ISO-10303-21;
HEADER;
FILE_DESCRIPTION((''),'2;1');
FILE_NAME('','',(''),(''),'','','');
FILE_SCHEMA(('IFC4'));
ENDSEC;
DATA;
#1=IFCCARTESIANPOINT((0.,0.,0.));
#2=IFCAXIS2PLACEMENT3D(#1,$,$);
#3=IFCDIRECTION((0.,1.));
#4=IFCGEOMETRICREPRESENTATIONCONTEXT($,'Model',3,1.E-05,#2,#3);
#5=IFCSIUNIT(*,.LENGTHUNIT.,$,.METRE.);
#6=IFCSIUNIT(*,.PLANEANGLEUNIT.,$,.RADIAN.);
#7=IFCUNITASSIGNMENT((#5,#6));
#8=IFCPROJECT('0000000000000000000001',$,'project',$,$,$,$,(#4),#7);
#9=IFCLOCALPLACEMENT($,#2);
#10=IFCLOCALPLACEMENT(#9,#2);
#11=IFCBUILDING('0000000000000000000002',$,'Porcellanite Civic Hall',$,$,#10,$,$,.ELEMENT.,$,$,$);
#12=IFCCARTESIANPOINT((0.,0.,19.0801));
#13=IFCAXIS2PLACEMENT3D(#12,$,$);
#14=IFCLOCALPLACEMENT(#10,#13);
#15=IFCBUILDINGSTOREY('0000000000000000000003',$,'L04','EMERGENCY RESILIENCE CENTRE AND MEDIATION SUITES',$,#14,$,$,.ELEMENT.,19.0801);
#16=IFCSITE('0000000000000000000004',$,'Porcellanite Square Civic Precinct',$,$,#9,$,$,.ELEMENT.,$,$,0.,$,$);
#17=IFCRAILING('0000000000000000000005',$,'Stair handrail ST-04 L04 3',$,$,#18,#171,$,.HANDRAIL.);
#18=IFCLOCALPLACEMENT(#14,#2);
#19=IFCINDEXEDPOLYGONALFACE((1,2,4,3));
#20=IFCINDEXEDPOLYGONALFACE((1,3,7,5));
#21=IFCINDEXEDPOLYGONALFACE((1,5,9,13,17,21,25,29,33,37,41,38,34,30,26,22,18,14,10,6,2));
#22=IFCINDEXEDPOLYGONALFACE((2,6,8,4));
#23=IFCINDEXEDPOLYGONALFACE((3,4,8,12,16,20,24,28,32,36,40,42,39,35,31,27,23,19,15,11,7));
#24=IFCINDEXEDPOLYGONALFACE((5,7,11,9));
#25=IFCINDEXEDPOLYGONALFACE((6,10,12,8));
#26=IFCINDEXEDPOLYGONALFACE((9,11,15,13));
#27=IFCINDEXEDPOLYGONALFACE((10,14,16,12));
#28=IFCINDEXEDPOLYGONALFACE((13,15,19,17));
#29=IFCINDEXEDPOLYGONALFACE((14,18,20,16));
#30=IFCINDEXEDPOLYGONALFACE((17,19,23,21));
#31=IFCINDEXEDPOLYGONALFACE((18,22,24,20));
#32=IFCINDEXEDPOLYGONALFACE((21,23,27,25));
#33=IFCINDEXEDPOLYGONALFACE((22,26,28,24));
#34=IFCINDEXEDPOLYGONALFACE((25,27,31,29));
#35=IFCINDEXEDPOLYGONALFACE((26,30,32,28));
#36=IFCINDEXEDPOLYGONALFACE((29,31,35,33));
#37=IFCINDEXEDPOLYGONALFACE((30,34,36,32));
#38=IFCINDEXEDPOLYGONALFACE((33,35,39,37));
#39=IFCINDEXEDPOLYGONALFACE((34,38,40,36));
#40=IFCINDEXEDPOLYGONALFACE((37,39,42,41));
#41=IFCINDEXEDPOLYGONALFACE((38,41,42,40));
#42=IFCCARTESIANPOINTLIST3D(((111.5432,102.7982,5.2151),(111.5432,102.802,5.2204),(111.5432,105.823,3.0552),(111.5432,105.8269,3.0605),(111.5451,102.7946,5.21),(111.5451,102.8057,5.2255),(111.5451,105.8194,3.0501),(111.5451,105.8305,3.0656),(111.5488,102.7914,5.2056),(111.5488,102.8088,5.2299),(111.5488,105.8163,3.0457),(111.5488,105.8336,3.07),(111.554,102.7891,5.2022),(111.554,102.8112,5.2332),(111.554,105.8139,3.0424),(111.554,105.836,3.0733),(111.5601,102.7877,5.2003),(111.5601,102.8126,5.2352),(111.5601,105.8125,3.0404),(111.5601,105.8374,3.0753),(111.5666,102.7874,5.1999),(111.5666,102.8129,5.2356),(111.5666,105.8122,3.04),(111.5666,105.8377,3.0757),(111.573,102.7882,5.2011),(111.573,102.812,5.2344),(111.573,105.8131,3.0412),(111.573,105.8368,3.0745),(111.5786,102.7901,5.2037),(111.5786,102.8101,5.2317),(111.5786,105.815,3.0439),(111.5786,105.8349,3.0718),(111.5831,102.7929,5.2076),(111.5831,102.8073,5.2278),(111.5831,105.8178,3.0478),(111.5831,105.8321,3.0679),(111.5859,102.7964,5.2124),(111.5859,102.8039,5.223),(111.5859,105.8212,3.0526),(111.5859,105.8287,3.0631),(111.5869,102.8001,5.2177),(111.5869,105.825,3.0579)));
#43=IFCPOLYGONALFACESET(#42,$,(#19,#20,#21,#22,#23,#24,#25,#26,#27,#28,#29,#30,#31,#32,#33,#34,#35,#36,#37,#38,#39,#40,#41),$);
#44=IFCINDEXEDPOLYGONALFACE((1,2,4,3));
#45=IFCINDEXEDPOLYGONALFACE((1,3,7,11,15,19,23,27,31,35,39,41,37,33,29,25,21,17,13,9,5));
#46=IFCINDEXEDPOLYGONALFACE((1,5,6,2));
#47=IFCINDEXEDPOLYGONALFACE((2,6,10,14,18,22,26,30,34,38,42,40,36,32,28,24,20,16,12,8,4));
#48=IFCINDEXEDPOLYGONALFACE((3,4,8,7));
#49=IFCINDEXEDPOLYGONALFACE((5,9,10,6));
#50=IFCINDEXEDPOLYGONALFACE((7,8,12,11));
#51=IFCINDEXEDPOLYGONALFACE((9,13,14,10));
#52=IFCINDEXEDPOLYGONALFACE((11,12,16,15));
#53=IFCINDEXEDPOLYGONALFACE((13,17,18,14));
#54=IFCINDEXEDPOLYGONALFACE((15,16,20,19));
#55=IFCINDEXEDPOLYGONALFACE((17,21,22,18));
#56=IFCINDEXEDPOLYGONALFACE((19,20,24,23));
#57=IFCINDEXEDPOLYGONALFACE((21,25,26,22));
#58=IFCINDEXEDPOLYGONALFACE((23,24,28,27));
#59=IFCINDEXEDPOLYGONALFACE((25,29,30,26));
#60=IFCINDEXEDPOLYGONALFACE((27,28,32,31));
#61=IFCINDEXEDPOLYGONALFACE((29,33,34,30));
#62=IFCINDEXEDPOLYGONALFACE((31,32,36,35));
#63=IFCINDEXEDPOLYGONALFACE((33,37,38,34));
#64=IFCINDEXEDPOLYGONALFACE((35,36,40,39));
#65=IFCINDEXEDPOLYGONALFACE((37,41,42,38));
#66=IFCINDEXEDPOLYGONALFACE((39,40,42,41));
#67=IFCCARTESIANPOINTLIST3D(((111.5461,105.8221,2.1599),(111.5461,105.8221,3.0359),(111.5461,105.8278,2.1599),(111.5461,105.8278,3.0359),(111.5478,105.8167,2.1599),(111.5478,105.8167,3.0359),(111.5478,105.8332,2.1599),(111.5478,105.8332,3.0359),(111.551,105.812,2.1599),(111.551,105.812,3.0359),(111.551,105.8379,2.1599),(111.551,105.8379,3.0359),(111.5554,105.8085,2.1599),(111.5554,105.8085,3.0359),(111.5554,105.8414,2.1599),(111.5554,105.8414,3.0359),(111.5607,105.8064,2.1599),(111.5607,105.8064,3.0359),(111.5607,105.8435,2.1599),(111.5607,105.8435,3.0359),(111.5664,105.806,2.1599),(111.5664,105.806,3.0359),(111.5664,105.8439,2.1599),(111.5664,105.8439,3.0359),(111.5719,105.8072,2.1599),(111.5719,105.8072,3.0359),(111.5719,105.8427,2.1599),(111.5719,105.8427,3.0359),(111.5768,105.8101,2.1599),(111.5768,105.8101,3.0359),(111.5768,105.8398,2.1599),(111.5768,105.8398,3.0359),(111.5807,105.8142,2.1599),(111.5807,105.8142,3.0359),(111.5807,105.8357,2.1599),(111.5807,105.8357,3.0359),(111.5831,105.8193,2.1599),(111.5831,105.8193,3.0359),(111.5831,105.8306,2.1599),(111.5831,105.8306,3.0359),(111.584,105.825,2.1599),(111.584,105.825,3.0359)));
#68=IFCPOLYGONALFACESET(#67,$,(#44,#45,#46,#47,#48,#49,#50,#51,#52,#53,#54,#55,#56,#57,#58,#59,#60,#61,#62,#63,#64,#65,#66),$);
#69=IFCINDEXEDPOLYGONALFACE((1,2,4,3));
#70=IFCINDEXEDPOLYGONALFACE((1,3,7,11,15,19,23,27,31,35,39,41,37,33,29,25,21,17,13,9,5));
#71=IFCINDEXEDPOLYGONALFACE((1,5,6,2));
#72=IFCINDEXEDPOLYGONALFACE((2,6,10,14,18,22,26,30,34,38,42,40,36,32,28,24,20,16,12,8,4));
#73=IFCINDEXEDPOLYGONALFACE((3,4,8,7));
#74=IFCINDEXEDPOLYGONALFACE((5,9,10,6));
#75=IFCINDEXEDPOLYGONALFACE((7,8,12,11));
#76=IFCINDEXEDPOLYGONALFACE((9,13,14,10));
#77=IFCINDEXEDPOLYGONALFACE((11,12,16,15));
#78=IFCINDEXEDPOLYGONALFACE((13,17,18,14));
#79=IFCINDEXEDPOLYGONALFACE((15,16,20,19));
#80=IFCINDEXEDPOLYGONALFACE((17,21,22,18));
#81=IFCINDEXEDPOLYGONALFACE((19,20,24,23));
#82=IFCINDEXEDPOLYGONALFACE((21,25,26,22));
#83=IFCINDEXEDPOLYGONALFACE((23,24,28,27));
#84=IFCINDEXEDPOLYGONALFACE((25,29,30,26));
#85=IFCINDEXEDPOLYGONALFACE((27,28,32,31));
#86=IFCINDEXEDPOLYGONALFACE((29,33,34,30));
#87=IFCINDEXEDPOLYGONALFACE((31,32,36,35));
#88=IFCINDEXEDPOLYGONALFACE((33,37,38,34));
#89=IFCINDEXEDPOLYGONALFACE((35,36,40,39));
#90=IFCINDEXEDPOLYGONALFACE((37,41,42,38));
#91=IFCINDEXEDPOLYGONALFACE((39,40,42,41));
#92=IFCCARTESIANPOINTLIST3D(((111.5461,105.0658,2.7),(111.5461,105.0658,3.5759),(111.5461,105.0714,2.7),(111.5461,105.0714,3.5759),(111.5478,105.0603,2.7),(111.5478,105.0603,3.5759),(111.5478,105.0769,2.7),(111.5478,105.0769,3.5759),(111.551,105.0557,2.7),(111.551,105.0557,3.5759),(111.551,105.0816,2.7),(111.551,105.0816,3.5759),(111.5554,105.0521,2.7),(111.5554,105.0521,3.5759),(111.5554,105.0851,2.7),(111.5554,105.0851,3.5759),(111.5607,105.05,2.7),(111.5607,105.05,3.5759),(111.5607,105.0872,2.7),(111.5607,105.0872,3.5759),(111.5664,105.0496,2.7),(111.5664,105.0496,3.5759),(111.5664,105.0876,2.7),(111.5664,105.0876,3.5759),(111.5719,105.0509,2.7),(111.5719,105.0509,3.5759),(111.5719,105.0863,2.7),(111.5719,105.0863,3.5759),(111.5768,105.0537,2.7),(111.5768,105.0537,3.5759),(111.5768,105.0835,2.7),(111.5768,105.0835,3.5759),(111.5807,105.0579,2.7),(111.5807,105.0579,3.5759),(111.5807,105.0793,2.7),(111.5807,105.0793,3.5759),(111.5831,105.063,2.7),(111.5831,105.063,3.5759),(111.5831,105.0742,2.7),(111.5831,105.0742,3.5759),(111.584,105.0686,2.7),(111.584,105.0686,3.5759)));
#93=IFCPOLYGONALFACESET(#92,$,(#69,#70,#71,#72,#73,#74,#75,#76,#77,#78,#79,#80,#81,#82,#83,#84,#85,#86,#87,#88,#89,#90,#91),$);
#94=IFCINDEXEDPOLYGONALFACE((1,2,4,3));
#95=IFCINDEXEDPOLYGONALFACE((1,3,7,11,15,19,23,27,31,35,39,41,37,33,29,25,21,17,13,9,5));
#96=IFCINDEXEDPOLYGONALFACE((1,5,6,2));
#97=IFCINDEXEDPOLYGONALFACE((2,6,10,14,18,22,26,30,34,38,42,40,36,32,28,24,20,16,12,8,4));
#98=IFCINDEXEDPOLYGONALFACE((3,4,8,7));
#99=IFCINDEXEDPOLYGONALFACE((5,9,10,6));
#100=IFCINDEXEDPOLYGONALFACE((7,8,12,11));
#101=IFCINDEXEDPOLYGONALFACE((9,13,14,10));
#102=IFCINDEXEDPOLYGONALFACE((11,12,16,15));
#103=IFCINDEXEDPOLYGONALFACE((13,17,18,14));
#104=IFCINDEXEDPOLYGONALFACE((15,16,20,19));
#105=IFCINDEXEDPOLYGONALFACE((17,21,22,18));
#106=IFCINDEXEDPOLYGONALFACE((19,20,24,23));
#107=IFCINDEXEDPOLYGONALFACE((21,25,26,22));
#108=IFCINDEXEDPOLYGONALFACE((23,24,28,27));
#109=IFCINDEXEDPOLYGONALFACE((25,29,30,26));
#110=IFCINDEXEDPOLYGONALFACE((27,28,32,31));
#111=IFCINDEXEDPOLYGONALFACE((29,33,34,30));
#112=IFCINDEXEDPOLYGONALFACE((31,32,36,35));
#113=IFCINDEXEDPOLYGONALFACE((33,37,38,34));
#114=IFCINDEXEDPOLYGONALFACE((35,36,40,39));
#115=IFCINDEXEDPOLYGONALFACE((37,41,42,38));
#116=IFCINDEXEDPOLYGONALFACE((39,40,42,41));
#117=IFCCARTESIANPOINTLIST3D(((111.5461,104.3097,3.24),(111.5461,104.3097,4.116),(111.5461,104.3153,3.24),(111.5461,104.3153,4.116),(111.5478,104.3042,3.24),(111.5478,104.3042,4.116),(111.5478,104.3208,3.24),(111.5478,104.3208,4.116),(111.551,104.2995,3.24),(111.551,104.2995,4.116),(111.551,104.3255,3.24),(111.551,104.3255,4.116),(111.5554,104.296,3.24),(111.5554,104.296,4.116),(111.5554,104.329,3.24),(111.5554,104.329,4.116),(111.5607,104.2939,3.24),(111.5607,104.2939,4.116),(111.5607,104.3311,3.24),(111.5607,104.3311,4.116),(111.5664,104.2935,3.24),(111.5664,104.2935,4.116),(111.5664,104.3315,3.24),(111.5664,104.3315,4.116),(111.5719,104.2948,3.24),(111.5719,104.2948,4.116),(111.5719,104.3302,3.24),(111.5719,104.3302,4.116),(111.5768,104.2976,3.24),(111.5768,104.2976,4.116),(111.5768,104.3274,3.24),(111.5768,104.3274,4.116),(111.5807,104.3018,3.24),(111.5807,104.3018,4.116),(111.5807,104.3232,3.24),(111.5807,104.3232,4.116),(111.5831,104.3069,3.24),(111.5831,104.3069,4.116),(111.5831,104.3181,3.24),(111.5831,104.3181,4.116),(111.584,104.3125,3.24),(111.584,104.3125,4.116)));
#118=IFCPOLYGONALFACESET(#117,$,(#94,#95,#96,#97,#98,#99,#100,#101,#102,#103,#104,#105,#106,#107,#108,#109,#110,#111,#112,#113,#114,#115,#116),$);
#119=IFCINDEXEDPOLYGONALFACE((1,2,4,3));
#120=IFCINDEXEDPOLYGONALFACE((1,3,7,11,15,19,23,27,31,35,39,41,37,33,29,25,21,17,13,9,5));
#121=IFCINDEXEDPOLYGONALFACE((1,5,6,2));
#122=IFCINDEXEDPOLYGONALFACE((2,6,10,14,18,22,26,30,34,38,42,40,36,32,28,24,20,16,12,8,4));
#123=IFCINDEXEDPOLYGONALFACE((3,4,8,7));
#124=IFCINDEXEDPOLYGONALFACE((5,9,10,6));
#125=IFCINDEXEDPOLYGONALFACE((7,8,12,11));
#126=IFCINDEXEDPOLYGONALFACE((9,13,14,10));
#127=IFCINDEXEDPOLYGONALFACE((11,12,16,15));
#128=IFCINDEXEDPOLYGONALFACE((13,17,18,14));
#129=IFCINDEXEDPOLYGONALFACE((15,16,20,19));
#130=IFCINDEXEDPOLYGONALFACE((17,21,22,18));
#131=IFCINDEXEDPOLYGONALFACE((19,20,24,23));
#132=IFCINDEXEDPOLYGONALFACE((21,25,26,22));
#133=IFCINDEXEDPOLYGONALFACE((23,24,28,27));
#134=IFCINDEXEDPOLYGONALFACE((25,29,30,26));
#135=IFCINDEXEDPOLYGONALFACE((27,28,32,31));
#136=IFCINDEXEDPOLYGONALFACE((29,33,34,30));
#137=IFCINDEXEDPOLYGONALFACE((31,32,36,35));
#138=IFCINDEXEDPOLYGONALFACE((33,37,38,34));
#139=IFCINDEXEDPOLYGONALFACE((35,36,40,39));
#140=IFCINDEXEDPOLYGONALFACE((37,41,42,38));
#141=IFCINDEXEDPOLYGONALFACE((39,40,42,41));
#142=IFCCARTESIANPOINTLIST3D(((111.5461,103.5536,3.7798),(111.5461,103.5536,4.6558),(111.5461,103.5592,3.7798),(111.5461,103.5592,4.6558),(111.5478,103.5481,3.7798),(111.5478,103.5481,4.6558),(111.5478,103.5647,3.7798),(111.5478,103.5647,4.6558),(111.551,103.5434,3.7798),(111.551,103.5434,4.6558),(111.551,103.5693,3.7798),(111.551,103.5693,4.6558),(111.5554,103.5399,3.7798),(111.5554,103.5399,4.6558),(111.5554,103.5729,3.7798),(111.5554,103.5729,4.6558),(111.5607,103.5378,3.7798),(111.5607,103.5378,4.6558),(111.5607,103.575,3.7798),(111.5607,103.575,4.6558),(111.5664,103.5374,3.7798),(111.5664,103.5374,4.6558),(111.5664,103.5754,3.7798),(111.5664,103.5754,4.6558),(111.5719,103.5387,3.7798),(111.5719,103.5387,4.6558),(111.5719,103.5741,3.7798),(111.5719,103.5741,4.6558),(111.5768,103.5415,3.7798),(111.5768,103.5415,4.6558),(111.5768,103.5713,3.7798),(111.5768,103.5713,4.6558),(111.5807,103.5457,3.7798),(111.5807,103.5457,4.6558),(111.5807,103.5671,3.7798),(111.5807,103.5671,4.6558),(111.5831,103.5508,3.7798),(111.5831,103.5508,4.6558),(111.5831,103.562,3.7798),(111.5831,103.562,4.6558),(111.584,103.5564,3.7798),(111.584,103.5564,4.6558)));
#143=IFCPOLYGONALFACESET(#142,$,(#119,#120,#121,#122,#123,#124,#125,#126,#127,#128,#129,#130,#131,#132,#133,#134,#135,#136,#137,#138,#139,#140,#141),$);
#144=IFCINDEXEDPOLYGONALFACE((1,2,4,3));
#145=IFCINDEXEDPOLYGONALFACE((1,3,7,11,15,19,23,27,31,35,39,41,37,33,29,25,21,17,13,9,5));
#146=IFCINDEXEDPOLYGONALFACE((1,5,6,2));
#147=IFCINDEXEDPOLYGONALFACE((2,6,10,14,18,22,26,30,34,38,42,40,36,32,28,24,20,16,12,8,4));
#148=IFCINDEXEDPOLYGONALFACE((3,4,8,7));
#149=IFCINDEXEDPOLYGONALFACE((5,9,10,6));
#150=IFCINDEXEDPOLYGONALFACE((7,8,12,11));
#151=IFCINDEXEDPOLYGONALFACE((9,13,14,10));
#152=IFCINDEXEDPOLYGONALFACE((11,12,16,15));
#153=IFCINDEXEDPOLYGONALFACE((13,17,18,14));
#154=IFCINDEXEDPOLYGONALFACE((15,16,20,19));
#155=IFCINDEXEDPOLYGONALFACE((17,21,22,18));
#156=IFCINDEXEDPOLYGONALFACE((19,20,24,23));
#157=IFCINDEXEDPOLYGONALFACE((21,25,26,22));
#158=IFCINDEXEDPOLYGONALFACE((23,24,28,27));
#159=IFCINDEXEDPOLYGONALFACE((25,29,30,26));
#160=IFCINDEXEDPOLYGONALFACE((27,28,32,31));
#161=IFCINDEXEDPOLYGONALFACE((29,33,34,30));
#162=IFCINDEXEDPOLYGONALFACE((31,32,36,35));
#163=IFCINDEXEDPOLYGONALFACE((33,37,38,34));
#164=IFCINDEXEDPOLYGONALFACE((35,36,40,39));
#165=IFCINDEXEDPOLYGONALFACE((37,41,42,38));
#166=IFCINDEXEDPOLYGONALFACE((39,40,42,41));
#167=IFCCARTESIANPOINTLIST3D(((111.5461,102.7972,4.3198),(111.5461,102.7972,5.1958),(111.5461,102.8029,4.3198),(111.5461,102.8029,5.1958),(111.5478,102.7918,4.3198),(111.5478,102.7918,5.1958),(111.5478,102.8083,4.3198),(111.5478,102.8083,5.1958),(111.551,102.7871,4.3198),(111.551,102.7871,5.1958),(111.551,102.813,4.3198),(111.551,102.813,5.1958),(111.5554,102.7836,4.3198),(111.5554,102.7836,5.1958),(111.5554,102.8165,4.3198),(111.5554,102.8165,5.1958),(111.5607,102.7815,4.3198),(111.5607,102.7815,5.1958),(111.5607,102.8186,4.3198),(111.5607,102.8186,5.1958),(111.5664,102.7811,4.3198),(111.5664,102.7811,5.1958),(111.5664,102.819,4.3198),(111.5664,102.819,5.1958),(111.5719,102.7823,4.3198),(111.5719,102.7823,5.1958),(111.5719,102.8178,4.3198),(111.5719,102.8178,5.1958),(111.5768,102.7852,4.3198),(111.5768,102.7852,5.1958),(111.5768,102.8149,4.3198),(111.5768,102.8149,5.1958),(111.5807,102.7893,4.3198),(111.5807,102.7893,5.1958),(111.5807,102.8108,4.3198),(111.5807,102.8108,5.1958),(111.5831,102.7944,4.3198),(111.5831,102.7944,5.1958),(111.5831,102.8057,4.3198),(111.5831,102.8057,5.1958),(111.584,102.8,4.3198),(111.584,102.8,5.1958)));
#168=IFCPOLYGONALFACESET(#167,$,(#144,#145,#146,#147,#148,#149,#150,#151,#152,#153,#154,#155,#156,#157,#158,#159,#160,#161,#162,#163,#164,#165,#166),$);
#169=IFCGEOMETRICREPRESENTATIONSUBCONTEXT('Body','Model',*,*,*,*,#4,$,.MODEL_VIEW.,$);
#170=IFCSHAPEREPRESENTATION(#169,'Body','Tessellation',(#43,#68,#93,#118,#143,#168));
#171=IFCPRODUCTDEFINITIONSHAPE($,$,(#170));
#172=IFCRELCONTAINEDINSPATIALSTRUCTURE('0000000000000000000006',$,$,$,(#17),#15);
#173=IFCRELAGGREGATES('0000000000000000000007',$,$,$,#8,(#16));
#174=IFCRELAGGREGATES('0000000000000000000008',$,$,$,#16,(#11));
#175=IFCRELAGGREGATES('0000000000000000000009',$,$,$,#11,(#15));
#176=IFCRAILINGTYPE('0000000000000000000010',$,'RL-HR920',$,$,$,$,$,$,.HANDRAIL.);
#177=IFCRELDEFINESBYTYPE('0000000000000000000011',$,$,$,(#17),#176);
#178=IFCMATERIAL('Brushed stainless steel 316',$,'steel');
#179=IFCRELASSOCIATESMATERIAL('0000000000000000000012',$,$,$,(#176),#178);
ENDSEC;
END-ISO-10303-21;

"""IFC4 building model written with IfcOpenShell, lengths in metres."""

from ifc_helpers import new_model, si_unit, direction, frame, origin, origin_2d, place, context, subcontext, project, spatial, circle, extrude, material, type_object, element, save


model = new_model("IFC4")

# Units and contexts
model_context = context("Model", 3, precision=1e-05, world=origin(), true_north=direction((0.0, 1.0)))
body_context = subcontext(model_context, "Body", "Model", "MODEL_VIEW")
ifc_project = project(units=[si_unit("LENGTHUNIT", "METRE"), si_unit("PLANEANGLEUNIT", "RADIAN")], contexts=[model_context])

# Site, building, storey
site_placement = place(None, origin())
site = spatial("IfcSite", under=ifc_project, at=site_placement, Name="Porcellanite Square Civic Precinct", CompositionType="ELEMENT", RefElevation=0.0)
building_placement = place(site_placement, origin())
building = spatial("IfcBuilding", under=site, at=building_placement, Name="Porcellanite Civic Hall", CompositionType="ELEMENT")
storey_placement = place(building_placement, frame((0.0, 0.0, 19.0801)))
storey = spatial("IfcBuildingStorey", under=building, at=storey_placement, Name="L04", Description="EMERGENCY RESILIENCE CENTRE AND MEDIATION SUITES", CompositionType="ELEMENT", Elevation=19.0801)

# Railing
ifc_material_1 = material(Name="Brushed stainless steel 316", Category="steel")
railing_type_1 = type_object("IfcRailingType", Name="RL-HR920", PredefinedType="HANDRAIL", material=ifc_material_1)
railing_1_placement = place(storey_placement, frame((111.5649, 105.825, 2.1599)))
element("IfcRailing", 1, at=railing_1_placement, inside=storey, type_object=railing_type_1, Name="Stair handrail ST-04 L04 3", PredefinedType="HANDRAIL", context=body_context, shape_type="SweptSolid", body=[
    extrude(circle(Radius=0.022, at=origin_2d()), frame((0.0, 0.0, 0.8979), z_axis=(0.0, -0.813827, 0.581108), x_axis=(1.0, 0.0, 0.0)), (0.0, 0.0, 1.0), 3.7168),
    extrude(circle(Radius=0.019, at=origin_2d()), origin(), (0.0, 0.0, 1.0), 0.876),
    extrude(circle(Radius=0.019, at=origin_2d()), frame((0.0, -0.7563, 0.54)), (0.0, 0.0, 1.0), 0.876),
    extrude(circle(Radius=0.019, at=origin_2d()), frame((0.0, -1.5125, 1.0801)), (0.0, 0.0, 1.0), 0.876),
    extrude(circle(Radius=0.019, at=origin_2d()), frame((0.0, -2.2686, 1.6199)), (0.0, 0.0, 1.0), 0.876),
    extrude(circle(Radius=0.019, at=origin_2d()), frame((0.0, -3.0249, 2.1599)), (0.0, 0.0, 1.0), 0.876),
])

save(model, "model.ifc")
